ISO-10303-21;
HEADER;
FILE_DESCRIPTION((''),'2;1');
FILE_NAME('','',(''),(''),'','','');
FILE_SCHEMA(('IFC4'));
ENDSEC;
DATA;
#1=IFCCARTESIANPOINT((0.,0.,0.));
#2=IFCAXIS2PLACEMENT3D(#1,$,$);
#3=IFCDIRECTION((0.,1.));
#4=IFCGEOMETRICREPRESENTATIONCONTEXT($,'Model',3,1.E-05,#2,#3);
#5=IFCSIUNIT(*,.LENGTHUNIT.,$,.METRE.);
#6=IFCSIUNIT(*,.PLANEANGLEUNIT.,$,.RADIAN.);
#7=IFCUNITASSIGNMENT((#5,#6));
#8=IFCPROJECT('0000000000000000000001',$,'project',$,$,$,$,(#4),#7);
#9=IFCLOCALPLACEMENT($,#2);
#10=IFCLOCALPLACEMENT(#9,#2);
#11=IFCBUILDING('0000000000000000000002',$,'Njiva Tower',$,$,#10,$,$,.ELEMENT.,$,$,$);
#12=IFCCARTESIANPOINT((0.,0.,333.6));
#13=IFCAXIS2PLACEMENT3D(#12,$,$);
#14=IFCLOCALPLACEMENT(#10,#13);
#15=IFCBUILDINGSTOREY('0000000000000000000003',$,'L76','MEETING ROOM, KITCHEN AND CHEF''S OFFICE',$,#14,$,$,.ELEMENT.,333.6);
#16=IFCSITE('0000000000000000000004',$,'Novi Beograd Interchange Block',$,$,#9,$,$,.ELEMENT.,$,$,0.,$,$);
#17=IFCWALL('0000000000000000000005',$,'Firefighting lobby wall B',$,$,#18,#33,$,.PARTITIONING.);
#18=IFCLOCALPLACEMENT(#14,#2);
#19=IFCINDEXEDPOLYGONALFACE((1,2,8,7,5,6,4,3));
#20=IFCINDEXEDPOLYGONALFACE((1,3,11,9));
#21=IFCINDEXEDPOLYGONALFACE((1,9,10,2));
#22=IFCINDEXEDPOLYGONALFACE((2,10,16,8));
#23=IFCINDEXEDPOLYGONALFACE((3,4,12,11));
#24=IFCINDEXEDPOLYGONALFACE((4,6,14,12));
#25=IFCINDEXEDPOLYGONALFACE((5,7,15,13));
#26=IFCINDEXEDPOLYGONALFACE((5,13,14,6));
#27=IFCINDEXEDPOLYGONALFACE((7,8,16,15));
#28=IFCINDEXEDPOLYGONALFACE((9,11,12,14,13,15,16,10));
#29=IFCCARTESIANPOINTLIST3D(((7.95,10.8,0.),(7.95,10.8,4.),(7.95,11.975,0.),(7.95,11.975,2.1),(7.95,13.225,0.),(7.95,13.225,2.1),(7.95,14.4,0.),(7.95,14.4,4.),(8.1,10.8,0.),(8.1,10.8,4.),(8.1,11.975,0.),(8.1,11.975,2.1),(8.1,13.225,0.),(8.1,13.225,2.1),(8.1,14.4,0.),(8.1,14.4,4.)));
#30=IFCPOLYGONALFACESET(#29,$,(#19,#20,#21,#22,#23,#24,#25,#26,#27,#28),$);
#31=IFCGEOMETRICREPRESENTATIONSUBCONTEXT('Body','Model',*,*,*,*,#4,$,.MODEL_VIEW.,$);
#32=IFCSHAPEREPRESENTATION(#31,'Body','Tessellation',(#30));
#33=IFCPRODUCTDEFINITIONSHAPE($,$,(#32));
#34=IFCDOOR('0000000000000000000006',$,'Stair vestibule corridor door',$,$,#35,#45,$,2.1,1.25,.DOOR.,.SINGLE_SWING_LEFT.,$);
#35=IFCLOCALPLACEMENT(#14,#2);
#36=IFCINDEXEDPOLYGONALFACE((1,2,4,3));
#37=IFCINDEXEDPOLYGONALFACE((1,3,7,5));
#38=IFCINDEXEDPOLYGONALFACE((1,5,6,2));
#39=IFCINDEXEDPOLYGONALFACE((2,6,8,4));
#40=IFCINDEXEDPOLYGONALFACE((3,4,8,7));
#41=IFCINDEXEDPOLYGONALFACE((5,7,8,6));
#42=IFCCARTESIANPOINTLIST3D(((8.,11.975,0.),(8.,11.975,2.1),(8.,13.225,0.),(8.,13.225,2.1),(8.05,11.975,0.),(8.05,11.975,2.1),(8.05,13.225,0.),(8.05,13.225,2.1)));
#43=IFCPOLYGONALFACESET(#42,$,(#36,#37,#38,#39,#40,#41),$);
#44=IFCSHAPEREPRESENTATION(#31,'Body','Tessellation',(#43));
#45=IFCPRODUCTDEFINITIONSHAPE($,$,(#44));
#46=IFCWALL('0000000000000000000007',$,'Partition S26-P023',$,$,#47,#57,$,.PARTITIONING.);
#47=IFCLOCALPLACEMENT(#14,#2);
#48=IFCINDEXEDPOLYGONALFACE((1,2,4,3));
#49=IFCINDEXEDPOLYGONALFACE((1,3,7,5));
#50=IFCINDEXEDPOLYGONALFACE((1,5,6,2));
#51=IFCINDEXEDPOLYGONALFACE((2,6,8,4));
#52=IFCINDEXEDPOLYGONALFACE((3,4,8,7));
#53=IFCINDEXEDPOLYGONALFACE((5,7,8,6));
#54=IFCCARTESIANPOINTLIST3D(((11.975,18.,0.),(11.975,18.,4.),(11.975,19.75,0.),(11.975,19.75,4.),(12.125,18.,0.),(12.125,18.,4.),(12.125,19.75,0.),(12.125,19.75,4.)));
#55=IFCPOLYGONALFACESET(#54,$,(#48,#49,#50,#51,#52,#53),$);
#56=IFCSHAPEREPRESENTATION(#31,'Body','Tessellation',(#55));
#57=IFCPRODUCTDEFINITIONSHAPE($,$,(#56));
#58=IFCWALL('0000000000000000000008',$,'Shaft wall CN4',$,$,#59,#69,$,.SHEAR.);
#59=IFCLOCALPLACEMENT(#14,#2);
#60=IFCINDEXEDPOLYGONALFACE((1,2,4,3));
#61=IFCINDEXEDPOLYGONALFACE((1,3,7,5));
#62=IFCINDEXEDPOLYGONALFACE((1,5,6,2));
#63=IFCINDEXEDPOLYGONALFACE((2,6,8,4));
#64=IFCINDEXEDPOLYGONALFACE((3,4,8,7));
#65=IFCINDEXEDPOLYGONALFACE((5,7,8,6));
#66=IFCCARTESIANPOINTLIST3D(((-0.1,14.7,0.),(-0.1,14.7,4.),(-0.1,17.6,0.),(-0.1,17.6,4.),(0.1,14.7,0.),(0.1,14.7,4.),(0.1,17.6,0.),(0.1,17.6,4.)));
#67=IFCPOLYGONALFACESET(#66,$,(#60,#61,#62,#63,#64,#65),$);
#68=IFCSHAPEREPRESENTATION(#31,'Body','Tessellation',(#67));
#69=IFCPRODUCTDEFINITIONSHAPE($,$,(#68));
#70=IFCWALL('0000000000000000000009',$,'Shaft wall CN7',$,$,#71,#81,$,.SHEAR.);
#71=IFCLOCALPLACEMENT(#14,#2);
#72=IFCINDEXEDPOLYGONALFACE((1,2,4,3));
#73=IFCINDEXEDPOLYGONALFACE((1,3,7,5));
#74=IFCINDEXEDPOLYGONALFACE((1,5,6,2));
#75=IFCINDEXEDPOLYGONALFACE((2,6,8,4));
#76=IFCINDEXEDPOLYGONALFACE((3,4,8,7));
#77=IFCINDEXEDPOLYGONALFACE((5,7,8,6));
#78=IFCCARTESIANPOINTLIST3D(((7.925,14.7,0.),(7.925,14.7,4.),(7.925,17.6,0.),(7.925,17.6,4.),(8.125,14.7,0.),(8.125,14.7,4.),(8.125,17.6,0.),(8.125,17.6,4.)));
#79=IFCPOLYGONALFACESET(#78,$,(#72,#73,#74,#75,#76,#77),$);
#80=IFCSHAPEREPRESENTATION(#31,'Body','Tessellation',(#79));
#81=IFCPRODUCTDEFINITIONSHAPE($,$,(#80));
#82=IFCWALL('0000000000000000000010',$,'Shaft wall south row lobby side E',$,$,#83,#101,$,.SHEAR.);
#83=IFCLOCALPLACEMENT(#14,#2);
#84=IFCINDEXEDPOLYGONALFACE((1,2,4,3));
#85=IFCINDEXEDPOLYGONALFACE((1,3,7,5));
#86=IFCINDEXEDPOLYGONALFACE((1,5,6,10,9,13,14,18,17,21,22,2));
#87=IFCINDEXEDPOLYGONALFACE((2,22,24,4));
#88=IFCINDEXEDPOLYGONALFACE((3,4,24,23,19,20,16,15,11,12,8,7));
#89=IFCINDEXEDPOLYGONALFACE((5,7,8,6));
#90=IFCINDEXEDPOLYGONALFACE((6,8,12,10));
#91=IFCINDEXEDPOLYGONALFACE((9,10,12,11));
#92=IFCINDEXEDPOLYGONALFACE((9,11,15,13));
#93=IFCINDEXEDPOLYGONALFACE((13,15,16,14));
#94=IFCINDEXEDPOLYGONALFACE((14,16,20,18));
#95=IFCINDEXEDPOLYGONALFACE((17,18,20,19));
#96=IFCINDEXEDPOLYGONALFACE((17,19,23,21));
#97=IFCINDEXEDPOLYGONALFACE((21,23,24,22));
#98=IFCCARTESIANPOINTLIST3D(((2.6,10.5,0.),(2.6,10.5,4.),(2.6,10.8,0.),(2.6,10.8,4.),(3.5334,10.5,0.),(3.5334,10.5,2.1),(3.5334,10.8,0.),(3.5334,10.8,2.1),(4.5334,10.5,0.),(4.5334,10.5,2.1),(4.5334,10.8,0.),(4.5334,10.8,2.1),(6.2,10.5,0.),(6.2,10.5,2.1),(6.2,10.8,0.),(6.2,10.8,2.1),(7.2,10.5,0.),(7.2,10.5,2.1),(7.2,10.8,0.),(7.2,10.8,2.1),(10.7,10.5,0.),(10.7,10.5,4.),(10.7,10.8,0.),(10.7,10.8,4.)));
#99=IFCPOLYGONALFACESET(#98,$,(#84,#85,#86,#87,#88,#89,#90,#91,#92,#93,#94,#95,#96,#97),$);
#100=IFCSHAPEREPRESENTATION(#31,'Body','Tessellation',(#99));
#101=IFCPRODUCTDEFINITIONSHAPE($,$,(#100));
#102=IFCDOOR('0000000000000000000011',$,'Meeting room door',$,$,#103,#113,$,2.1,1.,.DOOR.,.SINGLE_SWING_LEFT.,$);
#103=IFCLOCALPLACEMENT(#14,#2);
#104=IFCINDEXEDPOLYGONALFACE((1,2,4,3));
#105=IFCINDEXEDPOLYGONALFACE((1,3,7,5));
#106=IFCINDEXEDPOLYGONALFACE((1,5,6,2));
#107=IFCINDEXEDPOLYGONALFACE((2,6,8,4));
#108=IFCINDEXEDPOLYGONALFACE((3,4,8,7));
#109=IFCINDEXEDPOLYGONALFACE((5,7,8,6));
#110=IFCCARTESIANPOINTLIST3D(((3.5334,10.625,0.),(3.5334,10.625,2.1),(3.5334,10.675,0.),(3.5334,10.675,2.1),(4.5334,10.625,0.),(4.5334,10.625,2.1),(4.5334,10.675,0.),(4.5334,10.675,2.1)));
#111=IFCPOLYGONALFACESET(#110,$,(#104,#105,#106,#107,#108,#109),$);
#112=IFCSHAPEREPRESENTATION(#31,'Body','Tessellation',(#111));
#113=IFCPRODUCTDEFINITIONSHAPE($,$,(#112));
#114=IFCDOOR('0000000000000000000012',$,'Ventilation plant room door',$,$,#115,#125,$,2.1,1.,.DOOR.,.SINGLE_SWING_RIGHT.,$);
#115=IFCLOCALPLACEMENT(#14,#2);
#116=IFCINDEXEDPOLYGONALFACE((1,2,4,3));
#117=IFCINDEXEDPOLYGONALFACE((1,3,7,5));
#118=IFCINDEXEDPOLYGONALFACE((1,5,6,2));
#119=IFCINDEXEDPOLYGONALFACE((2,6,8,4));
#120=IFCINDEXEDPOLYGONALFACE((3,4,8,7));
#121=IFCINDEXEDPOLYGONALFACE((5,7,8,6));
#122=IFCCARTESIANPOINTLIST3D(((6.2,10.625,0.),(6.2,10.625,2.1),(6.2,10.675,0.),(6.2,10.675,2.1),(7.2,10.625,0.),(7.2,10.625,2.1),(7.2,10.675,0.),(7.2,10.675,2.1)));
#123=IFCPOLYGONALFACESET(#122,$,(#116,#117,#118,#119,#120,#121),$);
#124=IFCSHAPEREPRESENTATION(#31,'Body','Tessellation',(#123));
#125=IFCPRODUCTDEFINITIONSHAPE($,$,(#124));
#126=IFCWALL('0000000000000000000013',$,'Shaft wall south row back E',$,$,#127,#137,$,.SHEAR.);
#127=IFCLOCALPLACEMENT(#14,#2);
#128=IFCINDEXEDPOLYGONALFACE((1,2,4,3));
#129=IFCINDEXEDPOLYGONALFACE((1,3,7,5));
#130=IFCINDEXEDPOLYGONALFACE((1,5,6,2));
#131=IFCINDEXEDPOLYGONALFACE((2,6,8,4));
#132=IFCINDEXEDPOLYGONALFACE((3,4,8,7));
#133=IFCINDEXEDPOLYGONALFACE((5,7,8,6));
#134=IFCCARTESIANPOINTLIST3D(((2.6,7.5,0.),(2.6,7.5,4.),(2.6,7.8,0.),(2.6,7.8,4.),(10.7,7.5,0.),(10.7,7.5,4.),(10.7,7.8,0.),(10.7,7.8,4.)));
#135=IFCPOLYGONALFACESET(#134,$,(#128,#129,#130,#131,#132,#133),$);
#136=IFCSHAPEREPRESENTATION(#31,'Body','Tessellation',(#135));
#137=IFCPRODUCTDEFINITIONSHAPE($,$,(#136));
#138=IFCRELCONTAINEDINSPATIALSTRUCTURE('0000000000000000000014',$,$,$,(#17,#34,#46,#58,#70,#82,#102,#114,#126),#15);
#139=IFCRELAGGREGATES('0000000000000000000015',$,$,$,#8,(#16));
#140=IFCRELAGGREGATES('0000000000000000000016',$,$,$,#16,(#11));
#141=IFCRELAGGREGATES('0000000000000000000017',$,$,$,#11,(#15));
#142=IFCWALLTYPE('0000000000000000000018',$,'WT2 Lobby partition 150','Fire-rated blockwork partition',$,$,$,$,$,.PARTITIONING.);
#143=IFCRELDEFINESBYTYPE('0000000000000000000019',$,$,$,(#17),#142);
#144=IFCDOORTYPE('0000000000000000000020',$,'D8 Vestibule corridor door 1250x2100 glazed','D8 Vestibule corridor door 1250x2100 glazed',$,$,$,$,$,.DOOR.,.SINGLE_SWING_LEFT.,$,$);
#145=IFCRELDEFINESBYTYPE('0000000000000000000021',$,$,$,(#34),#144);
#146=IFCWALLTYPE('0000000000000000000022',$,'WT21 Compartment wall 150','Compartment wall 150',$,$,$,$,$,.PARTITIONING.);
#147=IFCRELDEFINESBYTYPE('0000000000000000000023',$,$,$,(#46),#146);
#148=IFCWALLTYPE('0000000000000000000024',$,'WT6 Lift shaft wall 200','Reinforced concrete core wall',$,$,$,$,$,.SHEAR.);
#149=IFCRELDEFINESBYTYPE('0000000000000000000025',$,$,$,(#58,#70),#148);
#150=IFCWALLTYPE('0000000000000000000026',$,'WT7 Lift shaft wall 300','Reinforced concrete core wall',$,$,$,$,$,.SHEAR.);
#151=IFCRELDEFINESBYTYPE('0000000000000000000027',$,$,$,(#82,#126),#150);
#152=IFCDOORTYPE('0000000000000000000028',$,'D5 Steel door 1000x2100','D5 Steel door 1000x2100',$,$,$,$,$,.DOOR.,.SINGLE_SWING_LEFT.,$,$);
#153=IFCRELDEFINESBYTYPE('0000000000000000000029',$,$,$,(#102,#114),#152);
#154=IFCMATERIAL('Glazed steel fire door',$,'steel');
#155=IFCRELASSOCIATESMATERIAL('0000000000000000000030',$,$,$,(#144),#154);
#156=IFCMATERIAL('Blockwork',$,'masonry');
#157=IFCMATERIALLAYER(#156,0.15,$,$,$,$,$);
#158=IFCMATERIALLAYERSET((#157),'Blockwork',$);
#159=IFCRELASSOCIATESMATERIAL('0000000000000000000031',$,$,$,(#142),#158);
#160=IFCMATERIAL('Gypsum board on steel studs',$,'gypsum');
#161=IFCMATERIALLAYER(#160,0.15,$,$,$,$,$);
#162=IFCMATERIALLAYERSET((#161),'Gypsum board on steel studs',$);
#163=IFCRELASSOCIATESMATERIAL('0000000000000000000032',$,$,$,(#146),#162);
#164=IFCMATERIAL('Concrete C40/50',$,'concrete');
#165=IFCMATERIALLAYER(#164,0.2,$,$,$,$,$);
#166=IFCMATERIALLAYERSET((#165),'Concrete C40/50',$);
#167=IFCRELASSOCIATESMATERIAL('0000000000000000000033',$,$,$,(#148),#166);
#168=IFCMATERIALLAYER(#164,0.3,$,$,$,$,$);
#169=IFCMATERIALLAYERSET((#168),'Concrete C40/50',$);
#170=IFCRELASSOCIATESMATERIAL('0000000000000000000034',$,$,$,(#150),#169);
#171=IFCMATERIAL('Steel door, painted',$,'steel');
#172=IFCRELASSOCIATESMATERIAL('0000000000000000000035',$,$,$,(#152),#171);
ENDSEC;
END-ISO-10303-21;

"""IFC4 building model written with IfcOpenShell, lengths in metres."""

from ifc_helpers import new_model, si_unit, direction, frame, frame_2d, origin, place, context, subcontext, project, spatial, rectangle, extrude, material, layer, layer_set, type_object, element, fill, save


model = new_model("IFC4")

# Units and contexts
model_context = context("Model", 3, precision=1e-05, world=origin(), true_north=direction((0.0, 1.0)))
body_context = subcontext(model_context, "Body", "Model", "MODEL_VIEW")
ifc_project = project(units=[si_unit("LENGTHUNIT", "METRE"), si_unit("PLANEANGLEUNIT", "RADIAN")], contexts=[model_context])

# Site, building, storey
site_placement = place(None, origin())
site = spatial("IfcSite", under=ifc_project, at=site_placement, Name="Novi Beograd Interchange Block", CompositionType="ELEMENT", RefElevation=0.0)
building_placement = place(site_placement, origin())
building = spatial("IfcBuilding", under=site, at=building_placement, Name="Njiva Tower", CompositionType="ELEMENT")
storey_placement = place(building_placement, frame((0.0, 0.0, 333.6)))
storey = spatial("IfcBuildingStorey", under=building, at=storey_placement, Name="L76", Description="MEETING ROOM, KITCHEN AND CHEF'S OFFICE", CompositionType="ELEMENT", Elevation=333.6)

# Shared definitions
ifc_material_1 = material(Name="Blockwork", Category="masonry")

# Shared definitions
ifc_material_2 = material(Name="Concrete C40/50", Category="concrete")
ifc_material_3 = material(Name="Steel door, painted", Category="steel")
ifc_material_4 = material(Name="Glazed steel fire door", Category="steel")
door_type_1 = type_object("IfcDoorType", Name="D8 Vestibule corridor door 1250x2100 glazed", Description="D8 Vestibule corridor door 1250x2100 glazed", OperationType="SINGLE_SWING_LEFT", PredefinedType="DOOR", material=ifc_material_4)

# Wall, opening, door
ifc_layer_1 = layer(ifc_material_1, 0.15)
ifc_layer_set_1 = layer_set([ifc_layer_1], Name="Blockwork")
wall_type_1 = type_object("IfcWallType", Name="WT2 Lobby partition 150", Description="Fire-rated blockwork partition", PredefinedType="PARTITIONING", material=ifc_layer_set_1)
wall_1_placement = place(storey_placement, frame((8.025, 10.8, 0.0), z_axis=(0.0, 0.0, 1.0), x_axis=(0.0, 1.0, 0.0)))
wall_1 = element("IfcWall", 1, at=wall_1_placement, inside=storey, type_object=wall_type_1, Name="Firefighting lobby wall B", PredefinedType="PARTITIONING", context=body_context, shape_type="SweptSolid", body=[
    extrude(rectangle(XDim=3.6, YDim=0.15, at=frame_2d((1.8, 0.0))), origin(), (0.0, 0.0, 1.0), 4.0),
])
opening_1_placement = place(wall_1_placement, frame((1.175, 0.0, 0.0)))
opening_1 = element("IfcOpeningElement", 2, at=opening_1_placement, cuts=wall_1, PredefinedType="OPENING", context=body_context, shape_type="SweptSolid", body=[
    extrude(rectangle(XDim=1.25, YDim=2.1, at=frame_2d((0.625, 1.05))), frame((0.0, 0.085, 0.0), z_axis=(0.0, -1.0, 0.0), x_axis=(1.0, 0.0, 0.0)), (0.0, 0.0, 1.0), 0.17),
])
door_1_placement = place(opening_1_placement, origin())
door_1 = element("IfcDoor", 3, at=door_1_placement, inside=storey, type_object=door_type_1, Name="Stair vestibule corridor door", OperationType="SINGLE_SWING_LEFT", OverallHeight=2.1, OverallWidth=1.25, PredefinedType="DOOR", context=body_context, shape_type="SweptSolid", body=[
    extrude(rectangle(XDim=1.25, YDim=2.1, at=frame_2d((0.625, 1.05))), frame((0.0, 0.025, 0.0), z_axis=(0.0, -1.0, 0.0), x_axis=(1.0, 0.0, 0.0)), (0.0, 0.0, 1.0), 0.05),
])
fill(opening_1, door_1)

# Walls
ifc_material_5 = material(Name="Gypsum board on steel studs", Category="gypsum")
ifc_layer_2 = layer(ifc_material_5, 0.15)
ifc_layer_set_2 = layer_set([ifc_layer_2], Name="Gypsum board on steel studs")
wall_type_2 = type_object("IfcWallType", Name="WT21 Compartment wall 150", Description="Compartment wall 150", PredefinedType="PARTITIONING", material=ifc_layer_set_2)
wall_2_placement = place(storey_placement, frame((12.05, 18.0, 0.0), z_axis=(0.0, 0.0, 1.0), x_axis=(0.0, 1.0, 0.0)))
element("IfcWall", 4, at=wall_2_placement, inside=storey, type_object=wall_type_2, Name="Partition S26-P023", PredefinedType="PARTITIONING", context=body_context, shape_type="SweptSolid", body=[
    extrude(rectangle(XDim=1.75, YDim=0.15, at=frame_2d((0.875, 0.0))), origin(), (0.0, 0.0, 1.0), 4.0),
])
ifc_layer_3 = layer(ifc_material_2, 0.2)
ifc_layer_set_3 = layer_set([ifc_layer_3], Name="Concrete C40/50")
wall_type_3 = type_object("IfcWallType", Name="WT6 Lift shaft wall 200", Description="Reinforced concrete core wall", PredefinedType="SHEAR", material=ifc_layer_set_3)
for number, where, z_axis, x_axis, name in (
    (5, (0.0, 14.7, 0.0), (0.0, 0.0, 1.0), (0.0, 1.0, 0.0), "Shaft wall CN4"),
    (6, (8.025, 14.7, 0.0), (0.0, 0.0, 1.0), (0.0, 1.0, 0.0), "Shaft wall CN7"),
):
    element("IfcWall", number, at=place(storey_placement, frame(where, z_axis=z_axis, x_axis=x_axis)), inside=storey, type_object=wall_type_3, Name=name, PredefinedType="SHEAR", context=body_context, shape_type="SweptSolid", body=[
        extrude(rectangle(XDim=2.9, YDim=0.2, at=frame_2d((1.45, 0.0))), origin(), (0.0, 0.0, 1.0), 4.0),
    ])

# Wall, openings, doors
ifc_layer_4 = layer(ifc_material_2, 0.3)
ifc_layer_set_4 = layer_set([ifc_layer_4], Name="Concrete C40/50")
wall_type_4 = type_object("IfcWallType", Name="WT7 Lift shaft wall 300", Description="Reinforced concrete core wall", PredefinedType="SHEAR", material=ifc_layer_set_4)
wall_3_placement = place(storey_placement, frame((2.6, 10.65, 0.0), z_axis=(0.0, 0.0, 1.0), x_axis=(1.0, 0.0, 0.0)))
wall_3 = element("IfcWall", 7, at=wall_3_placement, inside=storey, type_object=wall_type_4, Name="Shaft wall south row lobby side E", PredefinedType="SHEAR", context=body_context, shape_type="SweptSolid", body=[
    extrude(rectangle(XDim=8.1, YDim=0.3, at=frame_2d((4.05, 0.0))), origin(), (0.0, 0.0, 1.0), 4.0),
])
opening_2_placement = place(wall_3_placement, frame((0.9334, 0.0, 0.0)))
opening_2 = element("IfcOpeningElement", 8, at=opening_2_placement, cuts=wall_3, PredefinedType="OPENING", context=body_context, shape_type="SweptSolid", body=[
    extrude(rectangle(XDim=1.0, YDim=2.1, at=frame_2d((0.5, 1.05))), frame((0.0, 0.16, 0.0), z_axis=(0.0, -1.0, 0.0), x_axis=(1.0, 0.0, 0.0)), (0.0, 0.0, 1.0), 0.32),
])
opening_3_placement = place(wall_3_placement, frame((3.6, 0.0, 0.0)))
opening_3 = element("IfcOpeningElement", 9, at=opening_3_placement, cuts=wall_3, PredefinedType="OPENING", context=body_context, shape_type="SweptSolid", body=[
    extrude(rectangle(XDim=1.0, YDim=2.1, at=frame_2d((0.5, 1.05))), frame((0.0, 0.16, 0.0), z_axis=(0.0, -1.0, 0.0), x_axis=(1.0, 0.0, 0.0)), (0.0, 0.0, 1.0), 0.32),
])
door_type_2 = type_object("IfcDoorType", Name="D5 Steel door 1000x2100", Description="D5 Steel door 1000x2100", OperationType="SINGLE_SWING_LEFT", PredefinedType="DOOR", material=ifc_material_3)
door_2_placement = place(opening_2_placement, origin())
door_2 = element("IfcDoor", 10, at=door_2_placement, inside=storey, type_object=door_type_2, Name="Meeting room door", OperationType="SINGLE_SWING_LEFT", OverallHeight=2.1, OverallWidth=1.0, PredefinedType="DOOR", context=body_context, shape_type="SweptSolid", body=[
    extrude(rectangle(XDim=1.0, YDim=2.1, at=frame_2d((0.5, 1.05))), frame((0.0, 0.025, 0.0), z_axis=(0.0, -1.0, 0.0), x_axis=(1.0, 0.0, 0.0)), (0.0, 0.0, 1.0), 0.05),
])
fill(opening_2, door_2)
door_3_placement = place(opening_3_placement, origin())
door_3 = element("IfcDoor", 11, at=door_3_placement, inside=storey, type_object=door_type_2, Name="Ventilation plant room door", OperationType="SINGLE_SWING_RIGHT", OverallHeight=2.1, OverallWidth=1.0, PredefinedType="DOOR", context=body_context, shape_type="SweptSolid", body=[
    extrude(rectangle(XDim=1.0, YDim=2.1, at=frame_2d((0.5, 1.05))), frame((0.0, 0.025, 0.0), z_axis=(0.0, -1.0, 0.0), x_axis=(1.0, 0.0, 0.0)), (0.0, 0.0, 1.0), 0.05),
])
fill(opening_3, door_3)

# Wall
wall_4_placement = place(storey_placement, frame((2.6, 7.65, 0.0), z_axis=(0.0, 0.0, 1.0), x_axis=(1.0, 0.0, 0.0)))
element("IfcWall", 12, at=wall_4_placement, inside=storey, type_object=wall_type_4, Name="Shaft wall south row back E", PredefinedType="SHEAR", context=body_context, shape_type="SweptSolid", body=[
    extrude(rectangle(XDim=8.1, YDim=0.3, at=frame_2d((4.05, 0.0))), origin(), (0.0, 0.0, 1.0), 4.0),
])

save(model, "model.ifc")
